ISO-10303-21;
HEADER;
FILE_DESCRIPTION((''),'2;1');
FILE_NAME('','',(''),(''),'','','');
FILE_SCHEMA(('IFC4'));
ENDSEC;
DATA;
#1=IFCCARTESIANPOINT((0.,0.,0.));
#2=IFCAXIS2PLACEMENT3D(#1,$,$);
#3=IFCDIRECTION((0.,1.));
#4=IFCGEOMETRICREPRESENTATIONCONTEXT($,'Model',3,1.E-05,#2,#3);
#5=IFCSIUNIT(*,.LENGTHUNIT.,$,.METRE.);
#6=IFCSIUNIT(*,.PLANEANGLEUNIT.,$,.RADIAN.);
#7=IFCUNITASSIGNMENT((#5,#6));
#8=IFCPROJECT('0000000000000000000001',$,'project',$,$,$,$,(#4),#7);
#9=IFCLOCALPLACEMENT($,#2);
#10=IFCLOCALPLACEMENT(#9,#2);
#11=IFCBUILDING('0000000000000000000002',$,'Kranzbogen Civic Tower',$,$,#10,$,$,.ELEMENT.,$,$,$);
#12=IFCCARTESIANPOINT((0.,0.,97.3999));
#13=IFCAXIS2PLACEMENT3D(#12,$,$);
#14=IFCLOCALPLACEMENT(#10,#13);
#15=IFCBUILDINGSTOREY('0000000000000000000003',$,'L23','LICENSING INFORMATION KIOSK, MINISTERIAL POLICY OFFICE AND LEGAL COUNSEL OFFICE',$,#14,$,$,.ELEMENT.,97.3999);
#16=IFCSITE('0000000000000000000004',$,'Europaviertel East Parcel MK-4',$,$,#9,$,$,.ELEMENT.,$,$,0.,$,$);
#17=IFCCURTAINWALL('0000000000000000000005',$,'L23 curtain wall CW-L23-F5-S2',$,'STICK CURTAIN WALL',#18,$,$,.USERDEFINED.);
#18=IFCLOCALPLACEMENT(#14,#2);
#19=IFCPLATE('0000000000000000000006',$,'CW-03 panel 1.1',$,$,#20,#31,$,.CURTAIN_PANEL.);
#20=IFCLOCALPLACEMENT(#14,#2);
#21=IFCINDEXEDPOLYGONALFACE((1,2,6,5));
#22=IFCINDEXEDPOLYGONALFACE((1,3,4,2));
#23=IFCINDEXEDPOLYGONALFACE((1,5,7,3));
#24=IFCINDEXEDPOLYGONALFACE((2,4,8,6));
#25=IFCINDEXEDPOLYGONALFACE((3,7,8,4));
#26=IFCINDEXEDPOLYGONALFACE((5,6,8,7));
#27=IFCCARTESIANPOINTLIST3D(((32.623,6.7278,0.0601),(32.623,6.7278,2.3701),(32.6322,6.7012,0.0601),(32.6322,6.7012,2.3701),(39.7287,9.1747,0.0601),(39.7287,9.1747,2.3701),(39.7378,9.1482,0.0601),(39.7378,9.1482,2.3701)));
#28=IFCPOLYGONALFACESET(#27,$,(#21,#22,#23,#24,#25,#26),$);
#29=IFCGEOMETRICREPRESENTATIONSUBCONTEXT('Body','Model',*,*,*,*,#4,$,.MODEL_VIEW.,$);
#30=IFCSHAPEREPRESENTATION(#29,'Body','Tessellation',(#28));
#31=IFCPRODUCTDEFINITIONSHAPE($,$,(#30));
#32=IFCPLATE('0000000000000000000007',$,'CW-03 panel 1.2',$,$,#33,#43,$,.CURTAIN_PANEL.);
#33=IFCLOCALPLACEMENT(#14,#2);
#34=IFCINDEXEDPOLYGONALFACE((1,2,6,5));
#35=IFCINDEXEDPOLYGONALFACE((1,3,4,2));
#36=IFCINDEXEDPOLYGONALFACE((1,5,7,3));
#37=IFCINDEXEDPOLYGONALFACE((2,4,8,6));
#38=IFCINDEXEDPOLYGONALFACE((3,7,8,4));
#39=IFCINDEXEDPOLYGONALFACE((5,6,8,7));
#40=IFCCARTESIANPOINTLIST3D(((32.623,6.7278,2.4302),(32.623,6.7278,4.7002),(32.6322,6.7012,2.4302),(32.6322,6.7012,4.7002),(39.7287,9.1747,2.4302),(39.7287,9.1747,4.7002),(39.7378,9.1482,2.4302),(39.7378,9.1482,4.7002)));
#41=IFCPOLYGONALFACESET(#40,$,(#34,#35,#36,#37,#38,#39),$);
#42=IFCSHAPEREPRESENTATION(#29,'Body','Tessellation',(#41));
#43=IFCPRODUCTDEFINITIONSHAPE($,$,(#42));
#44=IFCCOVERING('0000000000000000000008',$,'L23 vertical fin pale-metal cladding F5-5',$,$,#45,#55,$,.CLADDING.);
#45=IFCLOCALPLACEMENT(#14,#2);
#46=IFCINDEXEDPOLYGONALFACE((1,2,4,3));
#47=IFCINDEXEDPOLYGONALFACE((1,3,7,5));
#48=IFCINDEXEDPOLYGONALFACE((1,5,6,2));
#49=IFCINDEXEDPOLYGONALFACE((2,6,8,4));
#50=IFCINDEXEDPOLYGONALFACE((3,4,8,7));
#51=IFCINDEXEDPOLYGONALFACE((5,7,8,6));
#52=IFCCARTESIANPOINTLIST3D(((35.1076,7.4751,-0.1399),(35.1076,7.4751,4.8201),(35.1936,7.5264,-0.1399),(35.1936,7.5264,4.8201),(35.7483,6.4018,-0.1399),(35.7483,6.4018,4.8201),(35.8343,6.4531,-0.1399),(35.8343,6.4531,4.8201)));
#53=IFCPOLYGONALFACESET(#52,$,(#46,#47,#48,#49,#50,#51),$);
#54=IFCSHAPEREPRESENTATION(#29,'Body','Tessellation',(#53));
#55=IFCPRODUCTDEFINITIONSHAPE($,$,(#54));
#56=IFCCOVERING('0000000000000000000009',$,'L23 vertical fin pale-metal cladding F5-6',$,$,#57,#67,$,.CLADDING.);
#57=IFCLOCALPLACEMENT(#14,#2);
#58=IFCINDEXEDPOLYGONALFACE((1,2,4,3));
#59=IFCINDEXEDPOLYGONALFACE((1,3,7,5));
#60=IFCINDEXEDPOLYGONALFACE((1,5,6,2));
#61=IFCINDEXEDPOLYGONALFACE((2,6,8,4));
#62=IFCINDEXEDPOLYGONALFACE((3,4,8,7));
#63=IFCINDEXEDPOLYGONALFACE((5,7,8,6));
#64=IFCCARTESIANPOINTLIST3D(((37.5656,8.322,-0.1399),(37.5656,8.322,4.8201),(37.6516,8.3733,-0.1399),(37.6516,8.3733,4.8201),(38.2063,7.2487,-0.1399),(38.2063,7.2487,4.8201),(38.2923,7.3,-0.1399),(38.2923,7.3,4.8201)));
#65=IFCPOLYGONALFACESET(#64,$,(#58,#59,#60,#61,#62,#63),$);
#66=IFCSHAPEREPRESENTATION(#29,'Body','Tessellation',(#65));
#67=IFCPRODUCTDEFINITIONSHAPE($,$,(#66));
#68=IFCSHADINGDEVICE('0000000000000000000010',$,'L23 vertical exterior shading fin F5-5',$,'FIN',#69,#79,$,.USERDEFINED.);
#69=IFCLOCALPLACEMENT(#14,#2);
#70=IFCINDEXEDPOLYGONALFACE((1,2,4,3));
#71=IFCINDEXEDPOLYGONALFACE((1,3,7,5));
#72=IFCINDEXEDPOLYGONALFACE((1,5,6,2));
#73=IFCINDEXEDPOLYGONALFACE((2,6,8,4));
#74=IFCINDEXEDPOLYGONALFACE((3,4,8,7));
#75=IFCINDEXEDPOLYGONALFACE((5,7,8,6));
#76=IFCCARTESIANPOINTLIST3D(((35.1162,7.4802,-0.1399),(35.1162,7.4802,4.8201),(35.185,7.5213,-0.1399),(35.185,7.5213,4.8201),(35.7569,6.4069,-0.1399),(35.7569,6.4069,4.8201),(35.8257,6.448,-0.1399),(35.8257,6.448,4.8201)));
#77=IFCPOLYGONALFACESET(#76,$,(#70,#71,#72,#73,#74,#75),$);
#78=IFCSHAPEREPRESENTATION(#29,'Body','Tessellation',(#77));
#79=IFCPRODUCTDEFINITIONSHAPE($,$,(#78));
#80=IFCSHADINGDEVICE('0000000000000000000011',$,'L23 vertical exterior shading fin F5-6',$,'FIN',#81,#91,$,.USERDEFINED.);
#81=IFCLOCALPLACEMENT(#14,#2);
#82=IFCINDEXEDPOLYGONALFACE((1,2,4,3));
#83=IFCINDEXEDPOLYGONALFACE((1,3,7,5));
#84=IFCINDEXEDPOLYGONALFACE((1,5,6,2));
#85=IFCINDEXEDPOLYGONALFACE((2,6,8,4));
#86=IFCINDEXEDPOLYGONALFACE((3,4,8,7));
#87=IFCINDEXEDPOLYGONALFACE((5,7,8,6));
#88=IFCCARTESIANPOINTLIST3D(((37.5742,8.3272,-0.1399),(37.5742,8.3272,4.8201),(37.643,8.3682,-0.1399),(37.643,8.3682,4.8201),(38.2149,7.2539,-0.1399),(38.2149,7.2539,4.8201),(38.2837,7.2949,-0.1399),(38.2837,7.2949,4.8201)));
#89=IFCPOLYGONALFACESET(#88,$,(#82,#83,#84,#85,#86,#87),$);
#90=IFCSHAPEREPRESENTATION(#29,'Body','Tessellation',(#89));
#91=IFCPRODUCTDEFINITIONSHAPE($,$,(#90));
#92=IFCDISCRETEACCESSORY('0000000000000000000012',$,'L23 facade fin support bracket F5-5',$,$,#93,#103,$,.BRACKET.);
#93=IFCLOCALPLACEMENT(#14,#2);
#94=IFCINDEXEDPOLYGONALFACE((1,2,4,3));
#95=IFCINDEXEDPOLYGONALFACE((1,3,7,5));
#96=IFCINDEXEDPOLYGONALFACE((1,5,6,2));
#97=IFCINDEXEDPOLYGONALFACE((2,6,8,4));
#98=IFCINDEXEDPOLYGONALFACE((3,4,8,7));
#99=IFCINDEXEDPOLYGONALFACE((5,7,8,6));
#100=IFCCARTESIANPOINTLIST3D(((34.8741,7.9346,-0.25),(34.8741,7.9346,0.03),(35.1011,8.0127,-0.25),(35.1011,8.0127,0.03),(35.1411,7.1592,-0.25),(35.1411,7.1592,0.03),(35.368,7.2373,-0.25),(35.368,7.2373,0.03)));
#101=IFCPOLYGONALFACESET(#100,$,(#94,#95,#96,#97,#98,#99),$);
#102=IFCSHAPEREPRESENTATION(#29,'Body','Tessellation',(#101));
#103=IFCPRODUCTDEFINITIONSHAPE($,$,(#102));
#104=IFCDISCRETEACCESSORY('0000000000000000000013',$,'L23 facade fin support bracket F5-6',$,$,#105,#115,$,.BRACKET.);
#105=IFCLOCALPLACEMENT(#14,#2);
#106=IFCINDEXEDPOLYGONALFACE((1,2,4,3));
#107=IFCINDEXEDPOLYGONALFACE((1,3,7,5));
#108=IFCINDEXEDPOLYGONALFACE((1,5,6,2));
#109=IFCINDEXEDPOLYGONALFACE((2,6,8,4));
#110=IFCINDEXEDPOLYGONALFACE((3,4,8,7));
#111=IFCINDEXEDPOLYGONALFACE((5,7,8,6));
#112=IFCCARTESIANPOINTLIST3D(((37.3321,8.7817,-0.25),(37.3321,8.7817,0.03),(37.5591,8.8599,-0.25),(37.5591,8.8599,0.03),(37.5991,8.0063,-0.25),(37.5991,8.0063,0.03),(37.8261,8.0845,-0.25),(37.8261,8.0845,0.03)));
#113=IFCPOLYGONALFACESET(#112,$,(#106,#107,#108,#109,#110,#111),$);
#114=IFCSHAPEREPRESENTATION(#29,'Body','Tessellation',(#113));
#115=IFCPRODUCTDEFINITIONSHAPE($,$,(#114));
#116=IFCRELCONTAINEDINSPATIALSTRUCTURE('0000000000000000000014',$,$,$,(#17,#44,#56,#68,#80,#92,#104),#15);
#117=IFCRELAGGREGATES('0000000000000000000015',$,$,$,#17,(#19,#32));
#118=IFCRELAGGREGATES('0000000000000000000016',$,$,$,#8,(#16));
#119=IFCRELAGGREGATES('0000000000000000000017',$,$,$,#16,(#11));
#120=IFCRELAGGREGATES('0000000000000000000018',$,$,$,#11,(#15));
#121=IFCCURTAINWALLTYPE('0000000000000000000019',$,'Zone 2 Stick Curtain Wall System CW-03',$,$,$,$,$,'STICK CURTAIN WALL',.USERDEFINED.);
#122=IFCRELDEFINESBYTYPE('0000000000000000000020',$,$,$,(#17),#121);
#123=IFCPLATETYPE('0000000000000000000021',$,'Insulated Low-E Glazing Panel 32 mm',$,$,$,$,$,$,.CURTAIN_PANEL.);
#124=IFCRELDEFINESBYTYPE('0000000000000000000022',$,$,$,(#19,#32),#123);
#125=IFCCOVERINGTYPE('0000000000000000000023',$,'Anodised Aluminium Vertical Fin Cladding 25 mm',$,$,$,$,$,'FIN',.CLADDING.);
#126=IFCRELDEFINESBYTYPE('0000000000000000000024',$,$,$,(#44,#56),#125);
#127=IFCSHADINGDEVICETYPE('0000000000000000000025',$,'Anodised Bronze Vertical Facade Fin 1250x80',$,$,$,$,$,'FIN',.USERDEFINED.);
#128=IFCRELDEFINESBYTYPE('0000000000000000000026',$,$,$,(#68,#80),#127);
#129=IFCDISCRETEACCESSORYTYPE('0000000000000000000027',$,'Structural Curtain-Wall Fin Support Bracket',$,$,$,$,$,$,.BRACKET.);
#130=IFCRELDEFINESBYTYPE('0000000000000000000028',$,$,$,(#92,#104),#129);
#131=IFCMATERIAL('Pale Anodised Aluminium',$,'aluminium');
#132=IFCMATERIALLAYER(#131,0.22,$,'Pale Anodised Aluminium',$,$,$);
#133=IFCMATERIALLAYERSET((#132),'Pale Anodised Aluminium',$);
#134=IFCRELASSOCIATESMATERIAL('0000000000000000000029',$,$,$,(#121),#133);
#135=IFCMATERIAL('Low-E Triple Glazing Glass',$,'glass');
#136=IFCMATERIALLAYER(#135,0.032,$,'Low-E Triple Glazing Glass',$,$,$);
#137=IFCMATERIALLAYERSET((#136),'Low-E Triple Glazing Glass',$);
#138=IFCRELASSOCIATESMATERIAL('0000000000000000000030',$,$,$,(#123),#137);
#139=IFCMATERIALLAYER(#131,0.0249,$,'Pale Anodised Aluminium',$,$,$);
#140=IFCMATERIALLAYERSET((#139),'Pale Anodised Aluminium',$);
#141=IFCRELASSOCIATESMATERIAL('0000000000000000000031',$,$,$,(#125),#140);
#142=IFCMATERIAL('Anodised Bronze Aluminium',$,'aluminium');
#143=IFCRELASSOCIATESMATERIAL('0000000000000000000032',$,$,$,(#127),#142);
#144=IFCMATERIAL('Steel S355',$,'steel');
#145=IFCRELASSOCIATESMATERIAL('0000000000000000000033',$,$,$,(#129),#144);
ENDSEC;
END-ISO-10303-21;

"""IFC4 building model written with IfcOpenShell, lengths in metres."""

from ifc_helpers import new_model, si_unit, direction, frame, origin, origin_2d, place, context, subcontext, project, spatial, rectangle, extrude, material, layer, layer_set, type_object, element, aggregate, save


model = new_model("IFC4")

# Units and contexts
model_context = context("Model", 3, precision=1e-05, world=origin(), true_north=direction((0.0, 1.0)))
body_context = subcontext(model_context, "Body", "Model", "MODEL_VIEW")
ifc_project = project(units=[si_unit("LENGTHUNIT", "METRE"), si_unit("PLANEANGLEUNIT", "RADIAN")], contexts=[model_context])

# Site, building, storey
site_placement = place(None, origin())
site = spatial("IfcSite", under=ifc_project, at=site_placement, Name="Europaviertel East Parcel MK-4", CompositionType="ELEMENT", RefElevation=0.0)
building_placement = place(site_placement, origin())
building = spatial("IfcBuilding", under=site, at=building_placement, Name="Kranzbogen Civic Tower", CompositionType="ELEMENT")
storey_placement = place(building_placement, frame((0.0, 0.0, 97.3999)))
storey = spatial("IfcBuildingStorey", under=building, at=storey_placement, Name="L23", Description="LICENSING INFORMATION KIOSK, MINISTERIAL POLICY OFFICE AND LEGAL COUNSEL OFFICE", CompositionType="ELEMENT", Elevation=97.3999)

# Shared definitions
ifc_material_1 = material(Name="Pale Anodised Aluminium", Category="aluminium")

# Curtain wall
ifc_layer_1 = layer(ifc_material_1, 0.22, Name="Pale Anodised Aluminium")
ifc_layer_set_1 = layer_set([ifc_layer_1], Name="Pale Anodised Aluminium")
curtain_wall_type_1 = type_object("IfcCurtainWallType", Name="Zone 2 Stick Curtain Wall System CW-03", ElementType="STICK CURTAIN WALL", PredefinedType="USERDEFINED", material=ifc_layer_set_1)
curtain_wall_1_placement = place(storey_placement, origin())
curtain_wall_1 = element("IfcCurtainWall", 1, at=curtain_wall_1_placement, inside=storey, type_object=curtain_wall_type_1, Name="L23 curtain wall CW-L23-F5-S2", ObjectType="STICK CURTAIN WALL", PredefinedType="USERDEFINED")

# Shared definitions
ifc_material_2 = material(Name="Steel S355", Category="steel")

# Plates
ifc_material_3 = material(Name="Low-E Triple Glazing Glass", Category="glass")
ifc_layer_2 = layer(ifc_material_3, 0.032, Name="Low-E Triple Glazing Glass")
ifc_layer_set_2 = layer_set([ifc_layer_2], Name="Low-E Triple Glazing Glass")
plate_type_1 = type_object("IfcPlateType", Name="Insulated Low-E Glazing Panel 32 mm", PredefinedType="CURTAIN_PANEL", material=ifc_layer_set_2)
plate_1_placement = place(storey_placement, frame((36.1804, 7.938, 0.0601), z_axis=(0.0, 0.0, 1.0), x_axis=(0.945507, 0.325603, 0.0)))
plate_1 = element("IfcPlate", 2, at=plate_1_placement, type_object=plate_type_1, Name="CW-03 panel 1.1", PredefinedType="CURTAIN_PANEL", context=body_context, shape_type="SweptSolid", body=[
    extrude(rectangle(XDim=7.5151, YDim=0.0281, at=origin_2d()), origin(), (0.0, 0.0, 1.0), 2.3101),
])
plate_2_placement = place(storey_placement, frame((36.1804, 7.938, 2.4302), z_axis=(0.0, 0.0, 1.0), x_axis=(0.945507, 0.325603, 0.0)))
plate_2 = element("IfcPlate", 3, at=plate_2_placement, type_object=plate_type_1, Name="CW-03 panel 1.2", PredefinedType="CURTAIN_PANEL", context=body_context, shape_type="SweptSolid", body=[
    extrude(rectangle(XDim=7.5151, YDim=0.0281, at=origin_2d()), origin(), (0.0, 0.0, 1.0), 2.27),
])
aggregate(curtain_wall_1, [plate_1, plate_2])

# Coverings
ifc_layer_3 = layer(ifc_material_1, 0.0249, Name="Pale Anodised Aluminium")
ifc_layer_set_3 = layer_set([ifc_layer_3], Name="Pale Anodised Aluminium")
covering_type = type_object("IfcCoveringType", Name="Anodised Aluminium Vertical Fin Cladding 25 mm", ElementType="FIN", PredefinedType="CLADDING", material=ifc_layer_set_3)
for number, where, z_axis, x_axis, name in (
    (4, (35.4709, 6.9641, -0.1399), (0.0, 0.0, 1.0), (0.512582, -0.858638, 0.0), "L23 vertical fin pale-metal cladding F5-5"),
    (5, (37.929, 7.811, -0.1399), (0.0, 0.0, 1.0), (0.512582, -0.858638, 0.0), "L23 vertical fin pale-metal cladding F5-6"),
):
    element("IfcCovering", number, at=place(storey_placement, frame(where, z_axis=z_axis, x_axis=x_axis)), inside=storey, type_object=covering_type, Name=name, PredefinedType="CLADDING", context=body_context, shape_type="SweptSolid", body=[
        extrude(rectangle(XDim=1.25, YDim=0.1001, at=origin_2d()), origin(), (0.0, 0.0, 1.0), 4.96),
    ])

# Shading devices
ifc_material_4 = material(Name="Anodised Bronze Aluminium", Category="aluminium")
shading_device_type = type_object("IfcShadingDeviceType", Name="Anodised Bronze Vertical Facade Fin 1250x80", ElementType="FIN", PredefinedType="USERDEFINED", material=ifc_material_4)
for number, where, z_axis, x_axis, name in (
    (6, (35.4709, 6.9641, -0.1399), (0.0, 0.0, 1.0), (0.512582, -0.858638, 0.0), "L23 vertical exterior shading fin F5-5"),
    (7, (37.929, 7.811, -0.1399), (0.0, 0.0, 1.0), (0.512582, -0.858638, 0.0), "L23 vertical exterior shading fin F5-6"),
):
    element("IfcShadingDevice", number, at=place(storey_placement, frame(where, z_axis=z_axis, x_axis=x_axis)), inside=storey, type_object=shading_device_type, Name=name, ObjectType="FIN", PredefinedType="USERDEFINED", context=body_context, shape_type="SweptSolid", body=[
        extrude(rectangle(XDim=1.25, YDim=0.0801, at=origin_2d()), origin(), (0.0, 0.0, 1.0), 4.96),
    ])

# Discrete accessories
discrete_accessory_type = type_object("IfcDiscreteAccessoryType", Name="Structural Curtain-Wall Fin Support Bracket", PredefinedType="BRACKET", material=ifc_material_2)
for number, where, z_axis, x_axis, name in (
    (8, (35.1211, 7.5859, -0.25), (0.0, 0.0, 1.0), (0.325568, -0.945519, 0.0), "L23 facade fin support bracket F5-5"),
    (9, (37.5791, 8.4331, -0.25), (0.0, 0.0, 1.0), (0.325568, -0.945519, 0.0), "L23 facade fin support bracket F5-6"),
):
    element("IfcDiscreteAccessory", number, at=place(storey_placement, frame(where, z_axis=z_axis, x_axis=x_axis)), inside=storey, type_object=discrete_accessory_type, Name=name, PredefinedType="BRACKET", context=body_context, shape_type="SweptSolid", body=[
        extrude(rectangle(XDim=0.8201, YDim=0.24, at=origin_2d()), origin(), (0.0, 0.0, 1.0), 0.28),
    ])

save(model, "model.ifc")
